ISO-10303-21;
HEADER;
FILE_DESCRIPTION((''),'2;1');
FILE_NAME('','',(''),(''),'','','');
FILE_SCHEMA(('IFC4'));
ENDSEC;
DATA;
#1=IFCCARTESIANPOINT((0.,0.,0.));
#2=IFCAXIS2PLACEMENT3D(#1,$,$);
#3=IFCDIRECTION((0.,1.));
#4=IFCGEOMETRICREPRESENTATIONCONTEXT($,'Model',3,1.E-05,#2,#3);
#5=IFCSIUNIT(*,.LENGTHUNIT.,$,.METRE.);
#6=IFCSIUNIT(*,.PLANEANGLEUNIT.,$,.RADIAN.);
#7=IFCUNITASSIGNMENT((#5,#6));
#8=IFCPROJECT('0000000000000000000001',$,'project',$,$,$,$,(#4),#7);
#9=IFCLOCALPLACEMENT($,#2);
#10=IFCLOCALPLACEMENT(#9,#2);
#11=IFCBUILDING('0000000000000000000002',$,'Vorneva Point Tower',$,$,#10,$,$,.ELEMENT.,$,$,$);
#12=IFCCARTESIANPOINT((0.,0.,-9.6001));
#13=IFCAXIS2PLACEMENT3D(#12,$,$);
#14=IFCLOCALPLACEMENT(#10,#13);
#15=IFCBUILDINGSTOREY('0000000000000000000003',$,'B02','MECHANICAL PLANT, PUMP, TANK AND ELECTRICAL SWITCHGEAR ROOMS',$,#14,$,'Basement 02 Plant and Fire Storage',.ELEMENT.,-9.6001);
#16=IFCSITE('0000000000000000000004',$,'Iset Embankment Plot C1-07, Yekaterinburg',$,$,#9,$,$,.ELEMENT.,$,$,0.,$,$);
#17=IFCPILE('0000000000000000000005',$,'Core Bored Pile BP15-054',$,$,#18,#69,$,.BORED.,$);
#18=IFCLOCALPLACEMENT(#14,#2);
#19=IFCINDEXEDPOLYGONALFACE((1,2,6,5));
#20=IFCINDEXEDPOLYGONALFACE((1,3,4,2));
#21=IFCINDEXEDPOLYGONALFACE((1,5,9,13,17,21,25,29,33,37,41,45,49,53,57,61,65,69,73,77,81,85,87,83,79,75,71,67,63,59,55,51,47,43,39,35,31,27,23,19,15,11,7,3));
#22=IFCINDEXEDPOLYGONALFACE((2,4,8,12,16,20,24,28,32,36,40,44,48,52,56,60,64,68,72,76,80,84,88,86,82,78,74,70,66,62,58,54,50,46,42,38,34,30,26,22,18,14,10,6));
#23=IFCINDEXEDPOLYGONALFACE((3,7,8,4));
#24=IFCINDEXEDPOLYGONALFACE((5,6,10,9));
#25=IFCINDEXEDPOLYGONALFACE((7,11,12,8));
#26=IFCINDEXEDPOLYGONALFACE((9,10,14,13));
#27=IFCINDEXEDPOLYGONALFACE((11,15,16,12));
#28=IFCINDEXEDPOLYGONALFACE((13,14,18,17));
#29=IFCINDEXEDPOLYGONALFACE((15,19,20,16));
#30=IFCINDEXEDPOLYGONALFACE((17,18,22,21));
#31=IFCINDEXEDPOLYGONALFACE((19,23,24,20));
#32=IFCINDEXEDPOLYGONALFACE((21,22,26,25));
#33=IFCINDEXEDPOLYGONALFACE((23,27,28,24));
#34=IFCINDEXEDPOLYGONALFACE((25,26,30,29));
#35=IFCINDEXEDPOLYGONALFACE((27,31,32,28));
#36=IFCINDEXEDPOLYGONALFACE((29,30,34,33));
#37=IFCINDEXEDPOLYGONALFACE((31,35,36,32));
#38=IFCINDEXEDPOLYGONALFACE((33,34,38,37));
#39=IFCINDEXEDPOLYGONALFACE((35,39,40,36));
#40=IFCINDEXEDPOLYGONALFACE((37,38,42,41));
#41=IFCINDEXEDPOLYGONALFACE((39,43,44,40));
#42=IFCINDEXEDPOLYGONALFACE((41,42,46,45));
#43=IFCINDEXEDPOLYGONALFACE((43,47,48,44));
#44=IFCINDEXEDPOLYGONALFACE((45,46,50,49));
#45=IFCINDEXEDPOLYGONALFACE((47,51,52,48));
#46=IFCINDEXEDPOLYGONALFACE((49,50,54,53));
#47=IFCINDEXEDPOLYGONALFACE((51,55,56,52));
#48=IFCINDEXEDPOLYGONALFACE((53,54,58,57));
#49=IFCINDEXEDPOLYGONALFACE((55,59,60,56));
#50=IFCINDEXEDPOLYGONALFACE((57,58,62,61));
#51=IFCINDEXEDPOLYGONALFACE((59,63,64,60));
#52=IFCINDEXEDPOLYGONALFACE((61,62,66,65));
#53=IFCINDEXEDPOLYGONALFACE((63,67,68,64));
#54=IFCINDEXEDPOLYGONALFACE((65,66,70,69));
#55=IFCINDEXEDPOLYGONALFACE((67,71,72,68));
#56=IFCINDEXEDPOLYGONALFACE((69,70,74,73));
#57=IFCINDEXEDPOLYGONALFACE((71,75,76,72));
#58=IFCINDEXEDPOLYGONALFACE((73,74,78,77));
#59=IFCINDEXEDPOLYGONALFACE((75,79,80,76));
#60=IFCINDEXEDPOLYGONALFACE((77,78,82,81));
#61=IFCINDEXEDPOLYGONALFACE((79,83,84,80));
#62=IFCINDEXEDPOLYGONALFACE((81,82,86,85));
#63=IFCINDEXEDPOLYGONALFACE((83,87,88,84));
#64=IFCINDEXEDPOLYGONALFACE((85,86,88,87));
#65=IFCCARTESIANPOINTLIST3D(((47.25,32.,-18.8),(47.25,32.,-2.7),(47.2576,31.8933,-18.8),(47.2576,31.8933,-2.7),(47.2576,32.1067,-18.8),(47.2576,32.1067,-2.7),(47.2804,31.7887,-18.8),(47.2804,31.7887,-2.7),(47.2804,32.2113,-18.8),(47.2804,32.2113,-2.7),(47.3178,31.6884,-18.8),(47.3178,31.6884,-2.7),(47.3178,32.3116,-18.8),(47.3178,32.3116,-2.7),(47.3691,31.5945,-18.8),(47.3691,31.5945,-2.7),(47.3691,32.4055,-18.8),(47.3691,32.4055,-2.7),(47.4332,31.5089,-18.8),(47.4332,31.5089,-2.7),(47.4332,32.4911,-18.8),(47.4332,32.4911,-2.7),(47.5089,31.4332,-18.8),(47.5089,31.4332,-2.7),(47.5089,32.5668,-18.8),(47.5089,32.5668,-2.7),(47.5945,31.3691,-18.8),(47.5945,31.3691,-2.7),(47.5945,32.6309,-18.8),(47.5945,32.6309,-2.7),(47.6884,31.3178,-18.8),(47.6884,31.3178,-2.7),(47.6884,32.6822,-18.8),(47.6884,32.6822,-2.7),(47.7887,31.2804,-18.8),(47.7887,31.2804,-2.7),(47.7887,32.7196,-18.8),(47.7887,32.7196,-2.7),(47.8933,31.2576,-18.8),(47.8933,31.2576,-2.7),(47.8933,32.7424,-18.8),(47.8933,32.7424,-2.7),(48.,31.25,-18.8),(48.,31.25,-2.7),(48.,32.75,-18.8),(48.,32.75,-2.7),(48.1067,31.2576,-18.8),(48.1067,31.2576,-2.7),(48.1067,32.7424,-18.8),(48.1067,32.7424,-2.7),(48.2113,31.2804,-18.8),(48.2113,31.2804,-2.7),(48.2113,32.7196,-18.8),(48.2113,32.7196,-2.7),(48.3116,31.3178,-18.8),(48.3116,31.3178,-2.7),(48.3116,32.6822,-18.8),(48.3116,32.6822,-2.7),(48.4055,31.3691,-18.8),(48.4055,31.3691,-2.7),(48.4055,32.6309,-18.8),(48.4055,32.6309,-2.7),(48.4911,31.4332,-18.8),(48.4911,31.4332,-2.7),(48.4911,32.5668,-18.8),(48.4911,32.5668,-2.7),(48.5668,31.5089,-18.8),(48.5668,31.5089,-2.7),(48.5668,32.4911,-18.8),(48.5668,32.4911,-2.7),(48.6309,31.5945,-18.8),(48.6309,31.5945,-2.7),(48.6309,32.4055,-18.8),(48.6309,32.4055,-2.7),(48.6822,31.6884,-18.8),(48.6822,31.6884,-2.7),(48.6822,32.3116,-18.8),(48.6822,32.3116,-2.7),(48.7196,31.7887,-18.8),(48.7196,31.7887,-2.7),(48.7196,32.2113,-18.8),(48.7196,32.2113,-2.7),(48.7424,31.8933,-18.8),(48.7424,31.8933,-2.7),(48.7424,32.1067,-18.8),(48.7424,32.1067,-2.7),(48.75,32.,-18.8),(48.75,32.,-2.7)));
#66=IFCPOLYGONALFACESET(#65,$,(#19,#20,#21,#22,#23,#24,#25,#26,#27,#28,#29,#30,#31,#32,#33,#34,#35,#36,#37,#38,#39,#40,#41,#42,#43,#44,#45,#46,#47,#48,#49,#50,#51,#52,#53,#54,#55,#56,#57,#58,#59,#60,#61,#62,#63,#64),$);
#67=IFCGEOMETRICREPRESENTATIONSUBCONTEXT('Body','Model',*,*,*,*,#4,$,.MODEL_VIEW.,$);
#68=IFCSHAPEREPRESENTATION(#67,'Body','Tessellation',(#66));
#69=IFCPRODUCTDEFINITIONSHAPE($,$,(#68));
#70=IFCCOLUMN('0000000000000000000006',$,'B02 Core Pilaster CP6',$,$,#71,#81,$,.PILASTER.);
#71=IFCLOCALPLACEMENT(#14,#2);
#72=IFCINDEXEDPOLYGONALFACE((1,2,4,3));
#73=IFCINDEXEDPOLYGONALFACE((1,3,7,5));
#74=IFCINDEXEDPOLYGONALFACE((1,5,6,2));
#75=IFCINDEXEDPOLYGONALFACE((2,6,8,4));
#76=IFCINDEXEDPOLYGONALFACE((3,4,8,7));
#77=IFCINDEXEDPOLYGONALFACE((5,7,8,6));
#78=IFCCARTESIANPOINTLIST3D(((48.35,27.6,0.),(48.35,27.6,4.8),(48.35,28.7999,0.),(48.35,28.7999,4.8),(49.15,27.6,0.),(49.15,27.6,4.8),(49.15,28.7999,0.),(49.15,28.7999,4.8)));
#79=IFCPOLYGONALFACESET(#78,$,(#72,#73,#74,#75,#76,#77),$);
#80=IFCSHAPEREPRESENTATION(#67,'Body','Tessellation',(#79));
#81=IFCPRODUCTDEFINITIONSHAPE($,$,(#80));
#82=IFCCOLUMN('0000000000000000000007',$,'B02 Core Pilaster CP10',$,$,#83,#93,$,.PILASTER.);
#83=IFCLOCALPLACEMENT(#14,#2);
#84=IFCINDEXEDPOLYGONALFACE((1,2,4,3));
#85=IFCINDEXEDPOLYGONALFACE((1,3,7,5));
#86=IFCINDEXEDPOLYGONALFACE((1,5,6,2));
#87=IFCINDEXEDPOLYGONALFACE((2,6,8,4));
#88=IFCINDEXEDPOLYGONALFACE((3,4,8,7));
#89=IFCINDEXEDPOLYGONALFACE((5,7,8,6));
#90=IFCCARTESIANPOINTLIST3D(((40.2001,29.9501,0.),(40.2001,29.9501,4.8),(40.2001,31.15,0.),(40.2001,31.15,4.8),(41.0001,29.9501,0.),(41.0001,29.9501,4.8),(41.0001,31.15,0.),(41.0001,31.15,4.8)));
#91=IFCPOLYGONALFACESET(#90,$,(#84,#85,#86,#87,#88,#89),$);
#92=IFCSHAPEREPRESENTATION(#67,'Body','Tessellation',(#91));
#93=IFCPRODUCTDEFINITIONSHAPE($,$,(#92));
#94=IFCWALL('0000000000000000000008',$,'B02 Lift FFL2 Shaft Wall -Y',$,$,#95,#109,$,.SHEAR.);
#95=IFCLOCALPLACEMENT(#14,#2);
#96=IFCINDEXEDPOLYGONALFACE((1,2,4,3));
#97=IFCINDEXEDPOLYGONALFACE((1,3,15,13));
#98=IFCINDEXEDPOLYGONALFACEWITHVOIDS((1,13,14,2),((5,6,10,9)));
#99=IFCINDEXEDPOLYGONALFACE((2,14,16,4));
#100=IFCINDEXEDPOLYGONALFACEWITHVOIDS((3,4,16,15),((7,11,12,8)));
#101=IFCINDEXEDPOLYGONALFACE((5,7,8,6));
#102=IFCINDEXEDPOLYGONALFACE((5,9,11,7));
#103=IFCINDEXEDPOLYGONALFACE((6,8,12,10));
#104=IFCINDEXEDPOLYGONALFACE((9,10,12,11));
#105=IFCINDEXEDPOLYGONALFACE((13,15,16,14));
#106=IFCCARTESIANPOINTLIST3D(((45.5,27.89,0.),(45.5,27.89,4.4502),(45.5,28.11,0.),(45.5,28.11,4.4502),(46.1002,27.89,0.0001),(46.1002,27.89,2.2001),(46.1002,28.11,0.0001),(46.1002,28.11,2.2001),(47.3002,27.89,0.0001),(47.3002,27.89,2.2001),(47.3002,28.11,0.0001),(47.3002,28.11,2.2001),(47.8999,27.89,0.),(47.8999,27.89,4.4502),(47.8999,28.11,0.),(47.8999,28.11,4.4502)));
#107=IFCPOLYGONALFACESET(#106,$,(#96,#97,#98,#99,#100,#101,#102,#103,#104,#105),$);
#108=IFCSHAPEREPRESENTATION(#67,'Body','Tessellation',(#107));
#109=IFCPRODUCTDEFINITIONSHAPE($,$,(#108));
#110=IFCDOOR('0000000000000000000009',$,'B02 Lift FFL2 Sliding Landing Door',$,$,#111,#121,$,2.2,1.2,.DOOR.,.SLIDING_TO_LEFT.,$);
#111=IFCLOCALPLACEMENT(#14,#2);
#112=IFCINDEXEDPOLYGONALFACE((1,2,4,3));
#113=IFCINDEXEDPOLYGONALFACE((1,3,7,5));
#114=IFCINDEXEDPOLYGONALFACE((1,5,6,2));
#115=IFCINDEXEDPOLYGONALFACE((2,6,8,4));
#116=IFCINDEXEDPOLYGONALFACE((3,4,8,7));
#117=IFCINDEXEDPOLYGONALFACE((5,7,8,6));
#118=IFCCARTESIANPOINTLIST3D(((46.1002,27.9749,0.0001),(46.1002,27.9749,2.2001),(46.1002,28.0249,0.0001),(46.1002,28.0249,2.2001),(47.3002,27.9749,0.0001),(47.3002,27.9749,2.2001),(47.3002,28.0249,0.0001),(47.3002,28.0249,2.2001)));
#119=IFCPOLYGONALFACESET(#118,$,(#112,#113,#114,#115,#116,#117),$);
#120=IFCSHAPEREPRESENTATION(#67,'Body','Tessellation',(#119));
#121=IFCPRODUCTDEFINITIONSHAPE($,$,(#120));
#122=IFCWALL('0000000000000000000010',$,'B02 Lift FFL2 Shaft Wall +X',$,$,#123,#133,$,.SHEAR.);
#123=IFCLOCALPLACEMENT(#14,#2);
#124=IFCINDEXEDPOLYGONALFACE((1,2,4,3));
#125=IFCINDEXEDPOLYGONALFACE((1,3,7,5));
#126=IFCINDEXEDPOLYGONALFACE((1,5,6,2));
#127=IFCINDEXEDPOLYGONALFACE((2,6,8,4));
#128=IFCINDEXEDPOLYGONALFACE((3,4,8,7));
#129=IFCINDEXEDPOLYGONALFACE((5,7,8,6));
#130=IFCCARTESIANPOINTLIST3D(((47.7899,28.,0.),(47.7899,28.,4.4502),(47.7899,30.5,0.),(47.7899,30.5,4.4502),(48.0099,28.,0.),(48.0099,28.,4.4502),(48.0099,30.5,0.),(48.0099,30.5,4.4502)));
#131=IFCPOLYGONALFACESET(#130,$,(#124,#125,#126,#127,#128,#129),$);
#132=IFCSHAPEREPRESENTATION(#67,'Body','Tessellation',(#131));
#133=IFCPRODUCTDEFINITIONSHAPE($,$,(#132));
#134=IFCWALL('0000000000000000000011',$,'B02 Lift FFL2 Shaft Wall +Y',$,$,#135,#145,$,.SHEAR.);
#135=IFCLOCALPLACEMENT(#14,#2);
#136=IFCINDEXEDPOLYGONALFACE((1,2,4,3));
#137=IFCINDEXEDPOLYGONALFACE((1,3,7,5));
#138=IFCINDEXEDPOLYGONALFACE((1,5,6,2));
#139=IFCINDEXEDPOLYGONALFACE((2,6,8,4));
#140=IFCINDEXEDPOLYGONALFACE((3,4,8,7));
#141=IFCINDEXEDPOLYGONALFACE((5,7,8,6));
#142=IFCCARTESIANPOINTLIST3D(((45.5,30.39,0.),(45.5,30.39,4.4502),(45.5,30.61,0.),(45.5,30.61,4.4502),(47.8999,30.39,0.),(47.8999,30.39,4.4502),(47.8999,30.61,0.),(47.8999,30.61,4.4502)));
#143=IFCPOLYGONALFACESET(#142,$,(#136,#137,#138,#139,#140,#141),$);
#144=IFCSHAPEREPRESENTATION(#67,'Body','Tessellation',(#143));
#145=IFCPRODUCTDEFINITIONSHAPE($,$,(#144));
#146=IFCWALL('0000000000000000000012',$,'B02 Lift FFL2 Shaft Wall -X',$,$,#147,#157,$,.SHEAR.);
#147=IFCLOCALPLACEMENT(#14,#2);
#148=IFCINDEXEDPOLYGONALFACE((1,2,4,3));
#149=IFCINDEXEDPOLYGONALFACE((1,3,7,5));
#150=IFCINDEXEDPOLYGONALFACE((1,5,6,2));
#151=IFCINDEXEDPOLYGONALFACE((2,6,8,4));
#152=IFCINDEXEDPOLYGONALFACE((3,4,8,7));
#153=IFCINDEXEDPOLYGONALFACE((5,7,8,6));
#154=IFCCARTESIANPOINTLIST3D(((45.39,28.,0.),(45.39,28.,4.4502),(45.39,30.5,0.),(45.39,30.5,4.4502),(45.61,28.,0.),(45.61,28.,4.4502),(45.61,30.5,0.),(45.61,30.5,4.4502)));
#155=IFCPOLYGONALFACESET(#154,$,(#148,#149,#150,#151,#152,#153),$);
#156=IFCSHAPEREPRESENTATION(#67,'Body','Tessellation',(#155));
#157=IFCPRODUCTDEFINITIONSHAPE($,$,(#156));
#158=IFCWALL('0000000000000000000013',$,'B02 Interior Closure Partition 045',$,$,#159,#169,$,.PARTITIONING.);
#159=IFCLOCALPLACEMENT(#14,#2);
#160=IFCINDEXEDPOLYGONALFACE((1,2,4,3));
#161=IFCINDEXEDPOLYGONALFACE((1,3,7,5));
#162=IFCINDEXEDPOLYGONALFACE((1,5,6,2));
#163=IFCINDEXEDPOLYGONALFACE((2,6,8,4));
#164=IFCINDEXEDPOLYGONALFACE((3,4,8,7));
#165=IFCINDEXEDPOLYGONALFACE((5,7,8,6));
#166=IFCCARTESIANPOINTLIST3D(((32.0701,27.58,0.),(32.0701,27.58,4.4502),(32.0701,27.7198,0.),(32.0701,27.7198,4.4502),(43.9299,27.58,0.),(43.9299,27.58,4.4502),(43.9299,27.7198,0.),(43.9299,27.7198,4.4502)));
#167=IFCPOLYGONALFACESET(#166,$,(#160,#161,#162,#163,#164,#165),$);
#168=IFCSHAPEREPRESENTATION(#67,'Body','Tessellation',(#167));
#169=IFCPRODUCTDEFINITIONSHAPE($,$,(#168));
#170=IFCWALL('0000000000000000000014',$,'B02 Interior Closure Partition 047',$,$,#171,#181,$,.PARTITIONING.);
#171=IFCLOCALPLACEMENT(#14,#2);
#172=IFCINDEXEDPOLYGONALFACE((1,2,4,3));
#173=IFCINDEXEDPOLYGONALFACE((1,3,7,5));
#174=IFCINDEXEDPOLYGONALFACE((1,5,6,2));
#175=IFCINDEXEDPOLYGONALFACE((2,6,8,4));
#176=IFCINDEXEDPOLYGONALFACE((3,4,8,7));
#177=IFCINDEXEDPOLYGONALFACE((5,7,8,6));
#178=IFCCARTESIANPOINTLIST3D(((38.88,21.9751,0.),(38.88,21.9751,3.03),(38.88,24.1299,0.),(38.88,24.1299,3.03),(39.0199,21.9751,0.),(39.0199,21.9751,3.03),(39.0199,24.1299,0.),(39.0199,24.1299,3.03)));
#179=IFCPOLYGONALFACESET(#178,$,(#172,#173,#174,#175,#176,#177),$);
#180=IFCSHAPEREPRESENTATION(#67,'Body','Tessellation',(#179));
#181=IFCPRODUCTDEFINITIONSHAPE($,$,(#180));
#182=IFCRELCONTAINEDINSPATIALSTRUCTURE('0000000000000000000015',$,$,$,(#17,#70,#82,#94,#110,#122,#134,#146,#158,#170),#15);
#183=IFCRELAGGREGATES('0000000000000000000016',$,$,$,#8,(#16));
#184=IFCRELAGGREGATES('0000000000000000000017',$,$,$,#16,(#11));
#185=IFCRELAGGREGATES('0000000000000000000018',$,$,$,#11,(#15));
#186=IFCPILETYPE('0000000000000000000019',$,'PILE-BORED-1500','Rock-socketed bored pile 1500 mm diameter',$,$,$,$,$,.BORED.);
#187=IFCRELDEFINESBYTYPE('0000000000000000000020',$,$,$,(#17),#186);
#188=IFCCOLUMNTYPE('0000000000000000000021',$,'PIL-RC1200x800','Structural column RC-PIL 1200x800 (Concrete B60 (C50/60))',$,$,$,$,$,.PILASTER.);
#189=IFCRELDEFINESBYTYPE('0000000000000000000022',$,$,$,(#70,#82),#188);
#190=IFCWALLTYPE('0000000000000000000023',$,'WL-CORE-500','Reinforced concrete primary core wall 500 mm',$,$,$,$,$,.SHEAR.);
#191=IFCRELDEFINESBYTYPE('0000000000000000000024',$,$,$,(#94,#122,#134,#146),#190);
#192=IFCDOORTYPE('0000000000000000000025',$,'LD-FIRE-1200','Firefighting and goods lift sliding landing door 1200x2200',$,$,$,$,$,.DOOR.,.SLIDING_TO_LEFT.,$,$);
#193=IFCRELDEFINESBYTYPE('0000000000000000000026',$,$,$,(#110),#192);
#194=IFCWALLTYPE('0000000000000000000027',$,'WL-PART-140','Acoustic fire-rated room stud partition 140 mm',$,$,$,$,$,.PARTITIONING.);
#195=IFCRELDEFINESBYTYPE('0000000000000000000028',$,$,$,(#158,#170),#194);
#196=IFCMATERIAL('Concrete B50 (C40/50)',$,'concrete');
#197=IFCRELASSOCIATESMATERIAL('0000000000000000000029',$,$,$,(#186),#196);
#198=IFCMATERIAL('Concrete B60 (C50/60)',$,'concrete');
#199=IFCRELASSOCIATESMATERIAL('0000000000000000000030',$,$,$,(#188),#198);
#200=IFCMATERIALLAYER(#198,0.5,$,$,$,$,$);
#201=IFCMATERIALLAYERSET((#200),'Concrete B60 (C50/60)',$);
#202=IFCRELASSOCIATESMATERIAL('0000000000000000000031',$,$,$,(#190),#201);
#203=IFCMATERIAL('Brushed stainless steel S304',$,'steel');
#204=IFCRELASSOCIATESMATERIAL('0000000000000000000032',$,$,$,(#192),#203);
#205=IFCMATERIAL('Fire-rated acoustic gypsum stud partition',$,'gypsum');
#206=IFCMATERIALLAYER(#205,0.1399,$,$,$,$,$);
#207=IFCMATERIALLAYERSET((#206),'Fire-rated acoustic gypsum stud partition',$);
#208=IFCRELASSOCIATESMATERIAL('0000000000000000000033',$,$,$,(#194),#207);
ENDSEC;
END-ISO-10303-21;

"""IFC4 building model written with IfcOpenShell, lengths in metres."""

from ifc_helpers import new_model, si_unit, direction, frame, frame_2d, origin, origin_2d, place, context, subcontext, project, spatial, rectangle, circle, extrude, material, layer, layer_set, material_profile, profile_set, type_object, element, fill, save


model = new_model("IFC4")

# Units and contexts
model_context = context("Model", 3, precision=1e-05, world=origin(), true_north=direction((0.0, 1.0)))
body_context = subcontext(model_context, "Body", "Model", "MODEL_VIEW")
ifc_project = project(units=[si_unit("LENGTHUNIT", "METRE"), si_unit("PLANEANGLEUNIT", "RADIAN")], contexts=[model_context])

# Site, building, storey
site_placement = place(None, origin())
site = spatial("IfcSite", under=ifc_project, at=site_placement, Name="Iset Embankment Plot C1-07, Yekaterinburg", CompositionType="ELEMENT", RefElevation=0.0)
building_placement = place(site_placement, origin())
building = spatial("IfcBuilding", under=site, at=building_placement, Name="Vorneva Point Tower", CompositionType="ELEMENT")
storey_placement = place(building_placement, frame((0.0, 0.0, -9.6001)))
storey = spatial("IfcBuildingStorey", under=building, at=storey_placement, Name="B02", Description="MECHANICAL PLANT, PUMP, TANK AND ELECTRICAL SWITCHGEAR ROOMS", LongName="Basement 02 Plant and Fire Storage", CompositionType="ELEMENT", Elevation=-9.6001)

# Pile
ifc_material_1 = material(Name="Concrete B50 (C40/50)", Category="concrete")
ifc_material_profile_1 = material_profile(ifc_material_1, circle(Radius=0.75, at=origin_2d()), Name="PILE-1500")
ifc_profile_set_1 = profile_set([ifc_material_profile_1], Name="Concrete B50 (C40/50)")
pile_type = type_object("IfcPileType", Name="PILE-BORED-1500", Description="Rock-socketed bored pile 1500 mm diameter", PredefinedType="BORED", material=ifc_profile_set_1)
for number, where, z_axis, x_axis, name in (
    (1, (48.0, 32.0, -2.7), (0.0, 0.0, -1.0), (1.0, 0.0, 0.0), "Core Bored Pile BP15-054"),
):
    element("IfcPile", number, at=place(storey_placement, frame(where, z_axis=z_axis, x_axis=x_axis)), inside=storey, type_object=pile_type, Name=name, PredefinedType="BORED", context=body_context, shape_type="SweptSolid", body=[
        extrude(circle(Radius=0.75, at=origin_2d()), origin(), (0.0, 0.0, 1.0), 16.1001),
    ])

# Columns
ifc_material_2 = material(Name="Concrete B60 (C50/60)", Category="concrete")
ifc_material_profile_2 = material_profile(ifc_material_2, rectangle(XDim=0.8, YDim=1.2, at=origin_2d()), Name="RC-PIL 1200x800")
ifc_profile_set_2 = profile_set([ifc_material_profile_2], Name="Concrete B60 (C50/60)")
column_type = type_object("IfcColumnType", Name="PIL-RC1200x800", Description="Structural column RC-PIL 1200x800 (Concrete B60 (C50/60))", PredefinedType="PILASTER", material=ifc_profile_set_2)
for number, where, z_axis, x_axis, name in (
    (2, (48.75, 28.2, 0.0), (0.0, 0.0, 1.0), (1.0, 0.0, 0.0), "B02 Core Pilaster CP6"),
    (3, (40.6001, 30.55, 0.0), (0.0, 0.0, 1.0), (1.0, 0.0, 0.0), "B02 Core Pilaster CP10"),
):
    element("IfcColumn", number, at=place(storey_placement, frame(where, z_axis=z_axis, x_axis=x_axis)), inside=storey, type_object=column_type, Name=name, PredefinedType="PILASTER", context=body_context, shape_type="SweptSolid", body=[
        extrude(rectangle(XDim=0.8, YDim=1.2, at=origin_2d()), origin(), (0.0, 0.0, 1.0), 4.8),
    ])

# Wall, opening, door
ifc_layer_1 = layer(ifc_material_2, 0.5)
ifc_layer_set_1 = layer_set([ifc_layer_1], Name="Concrete B60 (C50/60)")
wall_type_1 = type_object("IfcWallType", Name="WL-CORE-500", Description="Reinforced concrete primary core wall 500 mm", PredefinedType="SHEAR", material=ifc_layer_set_1)
wall_1_placement = place(storey_placement, frame((45.5, 28.0, 0.0), z_axis=(0.0, 0.0, 1.0), x_axis=(1.0, 0.0, 0.0)))
wall_1 = element("IfcWall", 4, at=wall_1_placement, inside=storey, type_object=wall_type_1, Name="B02 Lift FFL2 Shaft Wall -Y", PredefinedType="SHEAR", context=body_context, shape_type="SweptSolid", body=[
    extrude(rectangle(XDim=2.3999, YDim=0.22, at=frame_2d((1.2, 0.0))), origin(), (0.0, 0.0, 1.0), 4.4502),
])
opening_1_placement = place(wall_1_placement, frame((0.6001, 0.0, 0.0)))
opening_1 = element("IfcOpeningElement", 5, at=opening_1_placement, cuts=wall_1, PredefinedType="OPENING", context=body_context, shape_type="SweptSolid", body=[
    extrude(rectangle(XDim=1.2, YDim=2.2, at=frame_2d((0.6001, 1.1001))), frame((0.0, 0.125, 0.0), z_axis=(0.0, -1.0, 0.0), x_axis=(1.0, 0.0, 0.0)), (0.0, 0.0, 1.0), 0.2498),
])
ifc_material_3 = material(Name="Brushed stainless steel S304", Category="steel")
door_type_1 = type_object("IfcDoorType", Name="LD-FIRE-1200", Description="Firefighting and goods lift sliding landing door 1200x2200", OperationType="SLIDING_TO_LEFT", PredefinedType="DOOR", material=ifc_material_3)
door_1_placement = place(opening_1_placement, origin())
door_1 = element("IfcDoor", 6, at=door_1_placement, inside=storey, type_object=door_type_1, Name="B02 Lift FFL2 Sliding Landing Door", OperationType="SLIDING_TO_LEFT", OverallHeight=2.2, OverallWidth=1.2, PredefinedType="DOOR", context=body_context, shape_type="SweptSolid", body=[
    extrude(rectangle(XDim=1.2, YDim=2.2, at=frame_2d((0.6001, 1.1001))), frame((0.0, 0.0249, 0.0), z_axis=(0.0, -1.0, 0.0), x_axis=(1.0, 0.0, 0.0)), (0.0, 0.0, 1.0), 0.05),
])
fill(opening_1, door_1)

# Walls
wall_2_placement = place(storey_placement, frame((47.8999, 28.0, 0.0), z_axis=(0.0, 0.0, 1.0), x_axis=(0.0, 1.0, 0.0)))
element("IfcWall", 7, at=wall_2_placement, inside=storey, type_object=wall_type_1, Name="B02 Lift FFL2 Shaft Wall +X", PredefinedType="SHEAR", context=body_context, shape_type="SweptSolid", body=[
    extrude(rectangle(XDim=2.5, YDim=0.22, at=frame_2d((1.25, 0.0))), origin(), (0.0, 0.0, 1.0), 4.4502),
])
wall_3_placement = place(storey_placement, frame((47.8999, 30.5, 0.0), z_axis=(0.0, 0.0, 1.0), x_axis=(-1.0, 0.0, 0.0)))
element("IfcWall", 8, at=wall_3_placement, inside=storey, type_object=wall_type_1, Name="B02 Lift FFL2 Shaft Wall +Y", PredefinedType="SHEAR", context=body_context, shape_type="SweptSolid", body=[
    extrude(rectangle(XDim=2.3999, YDim=0.22, at=frame_2d((1.2, 0.0))), origin(), (0.0, 0.0, 1.0), 4.4502),
])
wall_4_placement = place(storey_placement, frame((45.5, 30.5, 0.0), z_axis=(0.0, 0.0, 1.0), x_axis=(0.0, -1.0, 0.0)))
element("IfcWall", 9, at=wall_4_placement, inside=storey, type_object=wall_type_1, Name="B02 Lift FFL2 Shaft Wall -X", PredefinedType="SHEAR", context=body_context, shape_type="SweptSolid", body=[
    extrude(rectangle(XDim=2.5, YDim=0.22, at=frame_2d((1.25, 0.0))), origin(), (0.0, 0.0, 1.0), 4.4502),
])
ifc_material_4 = material(Name="Fire-rated acoustic gypsum stud partition", Category="gypsum")
ifc_layer_2 = layer(ifc_material_4, 0.1399)
ifc_layer_set_2 = layer_set([ifc_layer_2], Name="Fire-rated acoustic gypsum stud partition")
wall_type_2 = type_object("IfcWallType", Name="WL-PART-140", Description="Acoustic fire-rated room stud partition 140 mm", PredefinedType="PARTITIONING", material=ifc_layer_set_2)
wall_5_placement = place(storey_placement, frame((43.9299, 27.6499, 0.0), z_axis=(0.0, 0.0, 1.0), x_axis=(-1.0, 0.0, 0.0)))
element("IfcWall", 10, at=wall_5_placement, inside=storey, type_object=wall_type_2, Name="B02 Interior Closure Partition 045", PredefinedType="PARTITIONING", context=body_context, shape_type="SweptSolid", body=[
    extrude(rectangle(XDim=11.8599, YDim=0.1399, at=frame_2d((5.9299, 0.0))), origin(), (0.0, 0.0, 1.0), 4.4502),
])
wall_6_placement = place(storey_placement, frame((38.95, 24.1299, 0.0), z_axis=(0.0, 0.0, 1.0), x_axis=(0.0, -1.0, 0.0)))
element("IfcWall", 11, at=wall_6_placement, inside=storey, type_object=wall_type_2, Name="B02 Interior Closure Partition 047", PredefinedType="PARTITIONING", context=body_context, shape_type="SweptSolid", body=[
    extrude(rectangle(XDim=2.1548, YDim=0.1399, at=frame_2d((1.0774, 0.0))), origin(), (0.0, 0.0, 1.0), 3.03),
])

save(model, "model.ifc")
